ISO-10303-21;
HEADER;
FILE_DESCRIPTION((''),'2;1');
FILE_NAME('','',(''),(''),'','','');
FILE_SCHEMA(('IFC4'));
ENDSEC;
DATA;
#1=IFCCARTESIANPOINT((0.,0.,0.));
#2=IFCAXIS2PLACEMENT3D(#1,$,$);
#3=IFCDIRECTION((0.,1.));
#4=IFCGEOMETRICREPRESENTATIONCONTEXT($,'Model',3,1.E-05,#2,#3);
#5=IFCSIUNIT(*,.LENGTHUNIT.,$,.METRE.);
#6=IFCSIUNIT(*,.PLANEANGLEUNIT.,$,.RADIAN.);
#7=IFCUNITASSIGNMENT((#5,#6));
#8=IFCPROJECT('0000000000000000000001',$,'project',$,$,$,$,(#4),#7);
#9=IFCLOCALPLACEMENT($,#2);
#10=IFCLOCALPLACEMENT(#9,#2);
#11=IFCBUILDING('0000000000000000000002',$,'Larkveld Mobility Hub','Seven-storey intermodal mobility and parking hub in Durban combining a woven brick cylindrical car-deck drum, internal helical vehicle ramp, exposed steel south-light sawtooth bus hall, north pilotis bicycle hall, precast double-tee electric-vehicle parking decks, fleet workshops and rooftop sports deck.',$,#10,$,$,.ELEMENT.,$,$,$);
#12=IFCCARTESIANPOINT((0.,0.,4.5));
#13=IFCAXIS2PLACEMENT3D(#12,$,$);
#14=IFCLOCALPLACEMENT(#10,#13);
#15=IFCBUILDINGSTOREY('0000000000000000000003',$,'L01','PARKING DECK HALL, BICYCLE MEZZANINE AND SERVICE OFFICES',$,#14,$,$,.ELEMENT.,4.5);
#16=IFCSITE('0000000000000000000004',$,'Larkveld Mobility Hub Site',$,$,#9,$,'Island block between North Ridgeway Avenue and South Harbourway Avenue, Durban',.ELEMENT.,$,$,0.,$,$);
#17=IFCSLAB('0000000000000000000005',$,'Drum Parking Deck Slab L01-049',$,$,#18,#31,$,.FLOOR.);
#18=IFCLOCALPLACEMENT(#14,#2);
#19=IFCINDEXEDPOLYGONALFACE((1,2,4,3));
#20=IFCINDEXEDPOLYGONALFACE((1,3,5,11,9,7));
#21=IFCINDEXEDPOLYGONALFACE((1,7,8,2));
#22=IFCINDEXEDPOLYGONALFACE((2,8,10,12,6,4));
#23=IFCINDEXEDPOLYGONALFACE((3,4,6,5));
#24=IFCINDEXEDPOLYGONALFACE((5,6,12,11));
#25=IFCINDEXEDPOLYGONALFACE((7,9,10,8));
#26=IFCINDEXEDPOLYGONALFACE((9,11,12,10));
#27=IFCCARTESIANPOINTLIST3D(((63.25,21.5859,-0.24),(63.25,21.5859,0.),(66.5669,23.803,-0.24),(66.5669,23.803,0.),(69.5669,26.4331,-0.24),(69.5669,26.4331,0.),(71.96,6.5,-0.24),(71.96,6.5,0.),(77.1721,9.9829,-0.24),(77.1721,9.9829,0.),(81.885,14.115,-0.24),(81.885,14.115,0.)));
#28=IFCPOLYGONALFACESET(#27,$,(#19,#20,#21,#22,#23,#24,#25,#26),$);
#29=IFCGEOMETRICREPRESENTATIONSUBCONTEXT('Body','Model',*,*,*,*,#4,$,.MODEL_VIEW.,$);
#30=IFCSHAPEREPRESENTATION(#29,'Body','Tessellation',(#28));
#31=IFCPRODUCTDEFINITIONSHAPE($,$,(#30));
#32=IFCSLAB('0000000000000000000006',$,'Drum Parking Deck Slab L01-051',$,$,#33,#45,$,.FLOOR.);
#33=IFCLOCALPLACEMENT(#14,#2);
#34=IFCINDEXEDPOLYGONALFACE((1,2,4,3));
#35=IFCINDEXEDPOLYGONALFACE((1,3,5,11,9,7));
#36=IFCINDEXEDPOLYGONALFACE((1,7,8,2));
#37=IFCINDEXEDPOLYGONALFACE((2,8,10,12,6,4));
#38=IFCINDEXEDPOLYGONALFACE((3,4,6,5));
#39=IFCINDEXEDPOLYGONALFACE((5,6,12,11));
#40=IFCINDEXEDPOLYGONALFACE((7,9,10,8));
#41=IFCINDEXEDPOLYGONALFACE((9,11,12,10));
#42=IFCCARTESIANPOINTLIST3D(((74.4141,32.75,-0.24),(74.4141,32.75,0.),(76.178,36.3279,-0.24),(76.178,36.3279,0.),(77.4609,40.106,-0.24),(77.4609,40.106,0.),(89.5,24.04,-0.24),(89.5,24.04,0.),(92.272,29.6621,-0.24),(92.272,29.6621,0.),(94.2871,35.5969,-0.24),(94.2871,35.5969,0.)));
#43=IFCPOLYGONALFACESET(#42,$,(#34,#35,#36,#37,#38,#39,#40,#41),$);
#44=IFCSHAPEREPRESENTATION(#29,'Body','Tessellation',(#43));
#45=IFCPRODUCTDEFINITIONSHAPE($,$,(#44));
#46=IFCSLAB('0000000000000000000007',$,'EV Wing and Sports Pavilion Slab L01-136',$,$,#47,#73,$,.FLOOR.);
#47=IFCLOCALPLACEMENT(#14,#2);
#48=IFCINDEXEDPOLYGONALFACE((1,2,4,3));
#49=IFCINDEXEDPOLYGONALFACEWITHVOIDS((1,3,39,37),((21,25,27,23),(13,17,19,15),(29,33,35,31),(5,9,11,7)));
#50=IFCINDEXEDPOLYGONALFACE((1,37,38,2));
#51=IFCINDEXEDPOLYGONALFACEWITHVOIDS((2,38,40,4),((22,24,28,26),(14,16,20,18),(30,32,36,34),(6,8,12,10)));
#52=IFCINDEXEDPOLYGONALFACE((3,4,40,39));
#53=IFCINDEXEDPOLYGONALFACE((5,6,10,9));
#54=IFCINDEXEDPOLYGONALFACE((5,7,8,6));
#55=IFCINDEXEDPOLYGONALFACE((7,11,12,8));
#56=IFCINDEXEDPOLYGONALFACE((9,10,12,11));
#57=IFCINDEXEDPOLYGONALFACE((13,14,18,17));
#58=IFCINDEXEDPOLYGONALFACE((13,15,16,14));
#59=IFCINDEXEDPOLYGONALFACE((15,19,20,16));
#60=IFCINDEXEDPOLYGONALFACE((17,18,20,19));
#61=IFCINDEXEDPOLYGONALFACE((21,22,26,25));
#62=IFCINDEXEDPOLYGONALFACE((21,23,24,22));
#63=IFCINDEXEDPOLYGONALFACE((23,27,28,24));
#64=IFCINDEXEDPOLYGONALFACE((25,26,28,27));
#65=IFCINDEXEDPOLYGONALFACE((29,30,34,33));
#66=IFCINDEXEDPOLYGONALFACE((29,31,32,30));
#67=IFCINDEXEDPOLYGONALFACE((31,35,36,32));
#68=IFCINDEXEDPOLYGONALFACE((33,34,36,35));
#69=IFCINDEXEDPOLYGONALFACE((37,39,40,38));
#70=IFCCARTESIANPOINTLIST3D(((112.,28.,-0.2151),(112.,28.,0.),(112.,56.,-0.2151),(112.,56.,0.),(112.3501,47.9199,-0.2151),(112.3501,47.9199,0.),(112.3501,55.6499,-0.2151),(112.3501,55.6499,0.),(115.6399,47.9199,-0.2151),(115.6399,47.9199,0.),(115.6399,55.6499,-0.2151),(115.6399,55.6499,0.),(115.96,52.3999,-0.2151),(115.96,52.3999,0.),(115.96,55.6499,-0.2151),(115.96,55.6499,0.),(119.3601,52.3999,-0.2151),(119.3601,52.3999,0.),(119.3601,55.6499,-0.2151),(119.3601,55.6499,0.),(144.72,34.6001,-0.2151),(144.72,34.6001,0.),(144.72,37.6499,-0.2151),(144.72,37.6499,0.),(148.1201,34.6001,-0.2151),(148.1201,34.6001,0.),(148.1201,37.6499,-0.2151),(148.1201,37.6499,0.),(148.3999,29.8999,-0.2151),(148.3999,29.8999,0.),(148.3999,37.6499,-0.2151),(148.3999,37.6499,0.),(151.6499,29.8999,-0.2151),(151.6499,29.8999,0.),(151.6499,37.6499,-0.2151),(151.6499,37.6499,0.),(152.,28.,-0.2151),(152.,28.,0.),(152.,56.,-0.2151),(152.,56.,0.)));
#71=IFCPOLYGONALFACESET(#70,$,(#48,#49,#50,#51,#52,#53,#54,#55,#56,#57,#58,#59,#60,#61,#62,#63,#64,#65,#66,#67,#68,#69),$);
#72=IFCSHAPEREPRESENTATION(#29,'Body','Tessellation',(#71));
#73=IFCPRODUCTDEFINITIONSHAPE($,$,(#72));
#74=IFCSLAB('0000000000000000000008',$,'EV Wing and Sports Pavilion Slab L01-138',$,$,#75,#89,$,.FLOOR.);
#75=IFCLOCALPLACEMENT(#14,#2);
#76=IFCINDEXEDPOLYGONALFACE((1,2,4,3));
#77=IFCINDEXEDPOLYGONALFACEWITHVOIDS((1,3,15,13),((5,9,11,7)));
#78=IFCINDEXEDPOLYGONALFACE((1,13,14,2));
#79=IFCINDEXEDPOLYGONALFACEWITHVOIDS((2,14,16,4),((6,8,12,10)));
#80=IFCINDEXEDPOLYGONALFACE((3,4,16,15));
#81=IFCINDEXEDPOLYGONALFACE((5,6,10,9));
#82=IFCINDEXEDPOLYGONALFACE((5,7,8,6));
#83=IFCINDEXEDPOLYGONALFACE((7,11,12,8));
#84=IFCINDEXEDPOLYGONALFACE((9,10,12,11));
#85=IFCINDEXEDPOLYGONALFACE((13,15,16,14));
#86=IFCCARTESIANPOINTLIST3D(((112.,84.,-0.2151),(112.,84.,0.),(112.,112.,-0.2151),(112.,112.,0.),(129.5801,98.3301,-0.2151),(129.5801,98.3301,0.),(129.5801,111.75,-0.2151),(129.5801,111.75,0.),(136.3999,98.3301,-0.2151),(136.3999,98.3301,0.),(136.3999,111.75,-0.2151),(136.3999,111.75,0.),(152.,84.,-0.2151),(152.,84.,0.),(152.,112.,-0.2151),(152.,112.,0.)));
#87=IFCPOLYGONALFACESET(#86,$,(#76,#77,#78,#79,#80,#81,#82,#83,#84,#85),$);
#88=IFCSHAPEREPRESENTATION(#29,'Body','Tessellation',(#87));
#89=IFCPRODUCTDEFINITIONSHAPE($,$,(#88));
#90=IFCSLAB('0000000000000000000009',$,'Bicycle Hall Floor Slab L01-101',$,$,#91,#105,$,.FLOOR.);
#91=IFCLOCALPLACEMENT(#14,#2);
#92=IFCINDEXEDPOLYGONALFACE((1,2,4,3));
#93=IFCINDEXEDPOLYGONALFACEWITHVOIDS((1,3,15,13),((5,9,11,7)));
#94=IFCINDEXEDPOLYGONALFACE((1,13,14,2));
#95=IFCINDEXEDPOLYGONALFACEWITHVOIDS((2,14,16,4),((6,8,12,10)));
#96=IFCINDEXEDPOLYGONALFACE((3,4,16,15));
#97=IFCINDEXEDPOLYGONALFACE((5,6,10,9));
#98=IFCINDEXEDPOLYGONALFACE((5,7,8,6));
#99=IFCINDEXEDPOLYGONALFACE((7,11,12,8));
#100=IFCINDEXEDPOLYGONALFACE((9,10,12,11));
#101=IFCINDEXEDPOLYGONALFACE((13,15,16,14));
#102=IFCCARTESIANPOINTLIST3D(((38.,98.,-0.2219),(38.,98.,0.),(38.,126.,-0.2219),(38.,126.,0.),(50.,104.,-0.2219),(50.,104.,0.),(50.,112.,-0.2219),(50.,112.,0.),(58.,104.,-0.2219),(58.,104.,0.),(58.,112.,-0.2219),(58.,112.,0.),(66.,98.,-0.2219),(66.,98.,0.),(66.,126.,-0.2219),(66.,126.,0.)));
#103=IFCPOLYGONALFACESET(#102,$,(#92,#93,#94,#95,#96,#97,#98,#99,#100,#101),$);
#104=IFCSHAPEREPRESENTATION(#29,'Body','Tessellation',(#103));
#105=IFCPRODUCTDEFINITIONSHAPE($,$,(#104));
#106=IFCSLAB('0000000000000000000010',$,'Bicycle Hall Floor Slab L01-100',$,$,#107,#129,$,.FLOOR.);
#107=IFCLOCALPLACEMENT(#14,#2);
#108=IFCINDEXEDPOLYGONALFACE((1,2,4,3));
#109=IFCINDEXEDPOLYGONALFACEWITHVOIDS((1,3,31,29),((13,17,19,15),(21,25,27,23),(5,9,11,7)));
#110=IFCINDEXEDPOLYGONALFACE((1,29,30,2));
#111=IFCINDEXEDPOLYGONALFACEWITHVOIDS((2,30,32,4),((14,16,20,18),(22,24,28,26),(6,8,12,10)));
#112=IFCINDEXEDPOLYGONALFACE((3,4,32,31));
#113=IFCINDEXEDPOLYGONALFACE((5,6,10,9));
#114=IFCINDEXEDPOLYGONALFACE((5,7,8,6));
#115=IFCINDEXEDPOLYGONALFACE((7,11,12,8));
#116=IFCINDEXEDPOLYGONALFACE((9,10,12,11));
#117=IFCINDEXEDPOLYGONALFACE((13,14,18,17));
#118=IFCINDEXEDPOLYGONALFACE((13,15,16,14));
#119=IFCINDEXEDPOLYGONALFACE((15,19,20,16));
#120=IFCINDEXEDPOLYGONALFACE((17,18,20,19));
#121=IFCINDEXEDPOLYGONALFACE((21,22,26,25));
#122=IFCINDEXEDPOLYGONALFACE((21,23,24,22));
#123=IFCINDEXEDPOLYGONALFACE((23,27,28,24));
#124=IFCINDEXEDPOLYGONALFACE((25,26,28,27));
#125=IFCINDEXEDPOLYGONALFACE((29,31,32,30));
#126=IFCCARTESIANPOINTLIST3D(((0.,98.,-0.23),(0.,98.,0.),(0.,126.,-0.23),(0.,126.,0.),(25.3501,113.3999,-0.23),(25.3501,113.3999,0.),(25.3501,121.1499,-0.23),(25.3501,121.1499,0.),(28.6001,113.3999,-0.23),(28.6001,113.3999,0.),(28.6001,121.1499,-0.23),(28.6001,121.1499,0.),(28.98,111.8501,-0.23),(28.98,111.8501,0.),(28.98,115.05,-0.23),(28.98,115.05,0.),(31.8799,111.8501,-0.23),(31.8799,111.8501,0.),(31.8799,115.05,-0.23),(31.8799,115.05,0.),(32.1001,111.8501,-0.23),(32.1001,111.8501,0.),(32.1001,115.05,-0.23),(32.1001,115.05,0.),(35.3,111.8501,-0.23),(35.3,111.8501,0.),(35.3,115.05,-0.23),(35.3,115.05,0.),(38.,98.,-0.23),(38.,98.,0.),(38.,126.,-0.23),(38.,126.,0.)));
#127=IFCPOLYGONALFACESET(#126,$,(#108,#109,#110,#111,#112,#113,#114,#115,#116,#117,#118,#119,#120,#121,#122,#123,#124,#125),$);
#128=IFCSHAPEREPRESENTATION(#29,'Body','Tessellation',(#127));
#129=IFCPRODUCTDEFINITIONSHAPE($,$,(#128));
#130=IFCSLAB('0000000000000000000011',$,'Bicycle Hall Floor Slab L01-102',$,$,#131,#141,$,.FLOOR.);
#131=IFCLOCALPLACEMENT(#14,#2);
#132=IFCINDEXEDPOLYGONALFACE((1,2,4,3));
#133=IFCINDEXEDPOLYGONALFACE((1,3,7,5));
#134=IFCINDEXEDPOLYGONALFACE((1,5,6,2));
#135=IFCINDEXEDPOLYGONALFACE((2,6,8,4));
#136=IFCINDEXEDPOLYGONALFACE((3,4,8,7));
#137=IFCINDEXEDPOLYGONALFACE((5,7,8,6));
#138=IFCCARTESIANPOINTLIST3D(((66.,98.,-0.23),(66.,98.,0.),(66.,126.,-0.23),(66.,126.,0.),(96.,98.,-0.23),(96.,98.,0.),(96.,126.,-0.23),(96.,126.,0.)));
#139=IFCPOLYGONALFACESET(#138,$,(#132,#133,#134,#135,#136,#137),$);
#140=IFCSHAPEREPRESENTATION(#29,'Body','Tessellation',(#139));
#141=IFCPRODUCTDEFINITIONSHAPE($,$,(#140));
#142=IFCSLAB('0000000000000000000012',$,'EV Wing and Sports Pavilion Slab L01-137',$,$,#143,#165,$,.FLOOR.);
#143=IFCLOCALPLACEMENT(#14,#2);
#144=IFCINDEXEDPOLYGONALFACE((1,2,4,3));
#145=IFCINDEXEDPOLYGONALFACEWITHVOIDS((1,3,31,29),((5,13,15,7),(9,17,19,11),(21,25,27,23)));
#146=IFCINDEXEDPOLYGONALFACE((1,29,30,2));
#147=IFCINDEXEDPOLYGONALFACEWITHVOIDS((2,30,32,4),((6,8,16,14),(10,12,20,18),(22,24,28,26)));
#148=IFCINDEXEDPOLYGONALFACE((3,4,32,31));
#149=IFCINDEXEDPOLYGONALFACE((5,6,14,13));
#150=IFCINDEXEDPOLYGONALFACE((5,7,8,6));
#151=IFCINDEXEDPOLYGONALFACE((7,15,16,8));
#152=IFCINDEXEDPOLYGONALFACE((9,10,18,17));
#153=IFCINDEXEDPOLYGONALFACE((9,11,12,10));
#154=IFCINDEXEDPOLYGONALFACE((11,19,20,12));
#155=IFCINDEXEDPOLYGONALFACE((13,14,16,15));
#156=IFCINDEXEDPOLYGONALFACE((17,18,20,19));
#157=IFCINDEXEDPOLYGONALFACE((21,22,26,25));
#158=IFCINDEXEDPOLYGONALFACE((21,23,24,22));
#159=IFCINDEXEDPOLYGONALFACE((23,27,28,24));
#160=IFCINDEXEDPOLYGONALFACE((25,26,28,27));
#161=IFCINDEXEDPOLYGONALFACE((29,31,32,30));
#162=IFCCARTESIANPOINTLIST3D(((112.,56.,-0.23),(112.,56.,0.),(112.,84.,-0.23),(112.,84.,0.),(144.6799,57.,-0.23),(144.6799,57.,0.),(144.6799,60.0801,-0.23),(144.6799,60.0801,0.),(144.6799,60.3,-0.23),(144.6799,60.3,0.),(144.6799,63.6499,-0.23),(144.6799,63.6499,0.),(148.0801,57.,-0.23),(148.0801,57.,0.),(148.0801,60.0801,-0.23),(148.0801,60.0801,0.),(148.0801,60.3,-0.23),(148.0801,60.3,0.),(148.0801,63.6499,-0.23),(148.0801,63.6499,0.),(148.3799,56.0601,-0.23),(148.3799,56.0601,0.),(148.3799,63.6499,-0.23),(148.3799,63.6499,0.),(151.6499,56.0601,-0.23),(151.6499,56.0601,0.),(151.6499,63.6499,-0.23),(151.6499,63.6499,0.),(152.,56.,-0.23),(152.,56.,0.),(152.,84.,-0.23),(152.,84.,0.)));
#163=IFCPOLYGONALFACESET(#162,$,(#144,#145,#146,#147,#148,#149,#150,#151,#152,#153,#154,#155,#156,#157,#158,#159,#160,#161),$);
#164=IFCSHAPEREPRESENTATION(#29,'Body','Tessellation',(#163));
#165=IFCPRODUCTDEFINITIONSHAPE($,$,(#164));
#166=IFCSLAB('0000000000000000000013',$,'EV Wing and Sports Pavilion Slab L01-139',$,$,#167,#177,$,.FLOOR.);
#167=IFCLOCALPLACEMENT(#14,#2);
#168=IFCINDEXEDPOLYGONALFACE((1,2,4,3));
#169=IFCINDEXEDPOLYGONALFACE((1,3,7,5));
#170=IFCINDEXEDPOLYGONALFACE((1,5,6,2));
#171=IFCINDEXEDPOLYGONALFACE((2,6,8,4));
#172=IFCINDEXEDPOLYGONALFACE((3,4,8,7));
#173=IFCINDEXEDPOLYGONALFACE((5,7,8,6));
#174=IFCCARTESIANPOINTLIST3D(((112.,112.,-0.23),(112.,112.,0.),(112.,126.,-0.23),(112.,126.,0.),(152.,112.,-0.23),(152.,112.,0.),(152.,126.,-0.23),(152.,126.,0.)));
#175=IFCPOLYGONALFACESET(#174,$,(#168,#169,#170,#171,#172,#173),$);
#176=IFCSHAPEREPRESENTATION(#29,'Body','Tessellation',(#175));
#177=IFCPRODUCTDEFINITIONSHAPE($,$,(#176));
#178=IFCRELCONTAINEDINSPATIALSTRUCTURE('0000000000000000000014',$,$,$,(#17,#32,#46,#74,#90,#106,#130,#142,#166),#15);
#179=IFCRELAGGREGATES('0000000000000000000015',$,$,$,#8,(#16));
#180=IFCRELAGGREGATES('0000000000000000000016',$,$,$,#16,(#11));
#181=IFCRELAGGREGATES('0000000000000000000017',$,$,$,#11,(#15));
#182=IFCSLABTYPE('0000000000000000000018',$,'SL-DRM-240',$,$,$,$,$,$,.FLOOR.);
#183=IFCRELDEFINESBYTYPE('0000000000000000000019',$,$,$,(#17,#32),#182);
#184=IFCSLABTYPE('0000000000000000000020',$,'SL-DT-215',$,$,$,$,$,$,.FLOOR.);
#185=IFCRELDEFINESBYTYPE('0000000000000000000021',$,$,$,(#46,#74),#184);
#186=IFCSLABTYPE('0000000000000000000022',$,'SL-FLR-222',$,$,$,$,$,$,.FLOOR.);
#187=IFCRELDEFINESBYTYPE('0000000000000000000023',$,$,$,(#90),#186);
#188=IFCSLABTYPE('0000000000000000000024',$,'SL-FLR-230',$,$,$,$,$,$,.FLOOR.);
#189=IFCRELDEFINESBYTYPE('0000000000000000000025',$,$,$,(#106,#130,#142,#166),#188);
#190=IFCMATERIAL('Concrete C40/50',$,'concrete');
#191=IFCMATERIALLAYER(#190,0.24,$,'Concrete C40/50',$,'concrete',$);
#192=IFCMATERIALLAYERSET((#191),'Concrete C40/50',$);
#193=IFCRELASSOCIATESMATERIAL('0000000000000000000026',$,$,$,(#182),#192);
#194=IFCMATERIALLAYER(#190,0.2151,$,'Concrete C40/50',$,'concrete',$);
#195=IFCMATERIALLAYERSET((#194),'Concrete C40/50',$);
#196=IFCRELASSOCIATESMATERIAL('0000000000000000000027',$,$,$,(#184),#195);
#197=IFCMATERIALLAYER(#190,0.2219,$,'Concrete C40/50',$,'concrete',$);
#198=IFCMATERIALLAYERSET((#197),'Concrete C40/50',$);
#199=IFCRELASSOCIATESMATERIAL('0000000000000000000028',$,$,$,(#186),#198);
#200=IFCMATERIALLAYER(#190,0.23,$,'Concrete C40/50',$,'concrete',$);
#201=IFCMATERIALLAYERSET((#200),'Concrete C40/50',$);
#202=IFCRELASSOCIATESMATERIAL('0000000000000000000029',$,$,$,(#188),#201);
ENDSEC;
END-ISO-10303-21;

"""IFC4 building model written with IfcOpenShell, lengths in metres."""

from ifc_helpers import new_model, si_unit, direction, frame, origin, place, context, subcontext, project, spatial, polyline, outline, extrude, material, layer, layer_set, type_object, element, save


model = new_model("IFC4")

# Units and contexts
model_context = context("Model", 3, precision=1e-05, world=origin(), true_north=direction((0.0, 1.0)))
body_context = subcontext(model_context, "Body", "Model", "MODEL_VIEW")
ifc_project = project(units=[si_unit("LENGTHUNIT", "METRE"), si_unit("PLANEANGLEUNIT", "RADIAN")], contexts=[model_context])

# Site, building, storey
site_placement = place(None, origin())
site = spatial("IfcSite", under=ifc_project, at=site_placement, Name="Larkveld Mobility Hub Site", LongName="Island block between North Ridgeway Avenue and South Harbourway Avenue, Durban", CompositionType="ELEMENT", RefElevation=0.0)
building_placement = place(site_placement, origin())
building = spatial("IfcBuilding", under=site, at=building_placement, Name="Larkveld Mobility Hub", Description="Seven-storey intermodal mobility and parking hub in Durban combining a woven brick cylindrical car-deck drum, internal helical vehicle ramp, exposed steel south-light sawtooth bus hall, north pilotis bicycle hall, precast double-tee electric-vehicle parking decks, fleet workshops and rooftop sports deck.", CompositionType="ELEMENT")
storey_placement = place(building_placement, frame((0.0, 0.0, 4.5)))
storey = spatial("IfcBuildingStorey", under=building, at=storey_placement, Name="L01", Description="PARKING DECK HALL, BICYCLE MEZZANINE AND SERVICE OFFICES", CompositionType="ELEMENT", Elevation=4.5)

# Slabs
ifc_material = material(Name="Concrete C40/50", Category="concrete")
ifc_layer_1 = layer(ifc_material, 0.24, Name="Concrete C40/50", Category="concrete")
ifc_layer_set_1 = layer_set([ifc_layer_1], Name="Concrete C40/50")
slab_type_1 = type_object("IfcSlabType", Name="SL-DRM-240", PredefinedType="FLOOR", material=ifc_layer_set_1)
slab_1_placement = place(storey_placement, frame((0.0, 0.0, -0.24)))
element("IfcSlab", 1, at=slab_1_placement, inside=storey, type_object=slab_type_1, Name="Drum Parking Deck Slab L01-049", PredefinedType="FLOOR", context=body_context, shape_type="SweptSolid", body=[
    extrude(outline(polyline([(71.96, 6.5), (77.1721, 9.9829), (81.885, 14.115), (69.5669, 26.4331), (66.5669, 23.803), (63.25, 21.5859), (71.96, 6.5)])), origin(), (0.0, 0.0, 1.0), 0.24),
])
slab_2_placement = place(storey_placement, frame((0.0, 0.0, -0.24)))
element("IfcSlab", 2, at=slab_2_placement, inside=storey, type_object=slab_type_1, Name="Drum Parking Deck Slab L01-051", PredefinedType="FLOOR", context=body_context, shape_type="SweptSolid", body=[
    extrude(outline(polyline([(89.5, 24.04), (92.272, 29.6621), (94.2871, 35.5969), (77.4609, 40.106), (76.178, 36.3279), (74.4141, 32.75), (89.5, 24.04)])), origin(), (0.0, 0.0, 1.0), 0.24),
])
ifc_layer_2 = layer(ifc_material, 0.2151, Name="Concrete C40/50", Category="concrete")
ifc_layer_set_2 = layer_set([ifc_layer_2], Name="Concrete C40/50")
slab_type_2 = type_object("IfcSlabType", Name="SL-DT-215", PredefinedType="FLOOR", material=ifc_layer_set_2)
slab_3_placement = place(storey_placement, frame((0.0, 0.0, -0.2151)))
element("IfcSlab", 3, at=slab_3_placement, inside=storey, type_object=slab_type_2, Name="EV Wing and Sports Pavilion Slab L01-136", PredefinedType="FLOOR", context=body_context, shape_type="SweptSolid", body=[
    extrude(outline(polyline([(112.0, 28.0), (152.0, 28.0), (152.0, 56.0), (112.0, 56.0), (112.0, 28.0)]), holes=[polyline([(148.3999, 29.8999), (148.3999, 37.6499), (151.6499, 37.6499), (151.6499, 29.8999), (148.3999, 29.8999)]), polyline([(144.72, 34.6001), (144.72, 37.6499), (148.1201, 37.6499), (148.1201, 34.6001), (144.72, 34.6001)]), polyline([(112.3501, 47.9199), (112.3501, 55.6499), (115.6399, 55.6499), (115.6399, 47.9199), (112.3501, 47.9199)]), polyline([(115.96, 52.3999), (115.96, 55.6499), (119.3601, 55.6499), (119.3601, 52.3999), (115.96, 52.3999)])]), origin(), (0.0, 0.0, 1.0), 0.2151),
])
slab_4_placement = place(storey_placement, frame((0.0, 0.0, -0.2151)))
element("IfcSlab", 4, at=slab_4_placement, inside=storey, type_object=slab_type_2, Name="EV Wing and Sports Pavilion Slab L01-138", PredefinedType="FLOOR", context=body_context, shape_type="SweptSolid", body=[
    extrude(outline(polyline([(112.0, 84.0), (152.0, 84.0), (152.0, 112.0), (112.0, 112.0), (112.0, 84.0)]), holes=[polyline([(129.5801, 98.3301), (129.5801, 111.75), (136.3999, 111.75), (136.3999, 98.3301), (129.5801, 98.3301)])]), origin(), (0.0, 0.0, 1.0), 0.2151),
])
ifc_layer_3 = layer(ifc_material, 0.2219, Name="Concrete C40/50", Category="concrete")
ifc_layer_set_3 = layer_set([ifc_layer_3], Name="Concrete C40/50")
slab_type_3 = type_object("IfcSlabType", Name="SL-FLR-222", PredefinedType="FLOOR", material=ifc_layer_set_3)
slab_5_placement = place(storey_placement, frame((0.0, 0.0, -0.2219)))
element("IfcSlab", 5, at=slab_5_placement, inside=storey, type_object=slab_type_3, Name="Bicycle Hall Floor Slab L01-101", PredefinedType="FLOOR", context=body_context, shape_type="SweptSolid", body=[
    extrude(outline(polyline([(38.0, 98.0), (66.0, 98.0), (66.0, 126.0), (38.0, 126.0), (38.0, 98.0)]), holes=[polyline([(50.0, 104.0), (50.0, 112.0), (58.0, 112.0), (58.0, 104.0), (50.0, 104.0)])]), origin(), (0.0, 0.0, 1.0), 0.2219),
])
ifc_layer_4 = layer(ifc_material, 0.23, Name="Concrete C40/50", Category="concrete")
ifc_layer_set_4 = layer_set([ifc_layer_4], Name="Concrete C40/50")
slab_type_4 = type_object("IfcSlabType", Name="SL-FLR-230", PredefinedType="FLOOR", material=ifc_layer_set_4)
slab_6_placement = place(storey_placement, frame((0.0, 0.0, -0.23)))
element("IfcSlab", 6, at=slab_6_placement, inside=storey, type_object=slab_type_4, Name="Bicycle Hall Floor Slab L01-100", PredefinedType="FLOOR", context=body_context, shape_type="SweptSolid", body=[
    extrude(outline(polyline([(0.0, 98.0), (38.0, 98.0), (38.0, 126.0), (0.0, 126.0), (0.0, 98.0)]), holes=[polyline([(25.3501, 113.3999), (25.3501, 121.1499), (28.6001, 121.1499), (28.6001, 113.3999), (25.3501, 113.3999)]), polyline([(28.98, 111.8501), (28.98, 115.05), (31.8799, 115.05), (31.8799, 111.8501), (28.98, 111.8501)]), polyline([(32.1001, 111.8501), (32.1001, 115.05), (35.3, 115.05), (35.3, 111.8501), (32.1001, 111.8501)])]), origin(), (0.0, 0.0, 1.0), 0.23),
])
slab_7_placement = place(storey_placement, frame((0.0, 0.0, -0.23)))
element("IfcSlab", 7, at=slab_7_placement, inside=storey, type_object=slab_type_4, Name="Bicycle Hall Floor Slab L01-102", PredefinedType="FLOOR", context=body_context, shape_type="SweptSolid", body=[
    extrude(outline(polyline([(66.0, 98.0), (96.0, 98.0), (96.0, 126.0), (66.0, 126.0), (66.0, 98.0)])), origin(), (0.0, 0.0, 1.0), 0.23),
])
slab_8_placement = place(storey_placement, frame((0.0, 0.0, -0.23)))
element("IfcSlab", 8, at=slab_8_placement, inside=storey, type_object=slab_type_4, Name="EV Wing and Sports Pavilion Slab L01-137", PredefinedType="FLOOR", context=body_context, shape_type="SweptSolid", body=[
    extrude(outline(polyline([(112.0, 56.0), (152.0, 56.0), (152.0, 84.0), (112.0, 84.0), (112.0, 56.0)]), holes=[polyline([(148.3799, 56.0601), (148.3799, 63.6499), (151.6499, 63.6499), (151.6499, 56.0601), (148.3799, 56.0601)]), polyline([(144.6799, 60.3), (144.6799, 63.6499), (148.0801, 63.6499), (148.0801, 60.3), (144.6799, 60.3)]), polyline([(144.6799, 57.0), (144.6799, 60.0801), (148.0801, 60.0801), (148.0801, 57.0), (144.6799, 57.0)])]), origin(), (0.0, 0.0, 1.0), 0.23),
])
slab_9_placement = place(storey_placement, frame((0.0, 0.0, -0.23)))
element("IfcSlab", 9, at=slab_9_placement, inside=storey, type_object=slab_type_4, Name="EV Wing and Sports Pavilion Slab L01-139", PredefinedType="FLOOR", context=body_context, shape_type="SweptSolid", body=[
    extrude(outline(polyline([(112.0, 112.0), (152.0, 112.0), (152.0, 126.0), (112.0, 126.0), (112.0, 112.0)])), origin(), (0.0, 0.0, 1.0), 0.23),
])

save(model, "model.ifc")
